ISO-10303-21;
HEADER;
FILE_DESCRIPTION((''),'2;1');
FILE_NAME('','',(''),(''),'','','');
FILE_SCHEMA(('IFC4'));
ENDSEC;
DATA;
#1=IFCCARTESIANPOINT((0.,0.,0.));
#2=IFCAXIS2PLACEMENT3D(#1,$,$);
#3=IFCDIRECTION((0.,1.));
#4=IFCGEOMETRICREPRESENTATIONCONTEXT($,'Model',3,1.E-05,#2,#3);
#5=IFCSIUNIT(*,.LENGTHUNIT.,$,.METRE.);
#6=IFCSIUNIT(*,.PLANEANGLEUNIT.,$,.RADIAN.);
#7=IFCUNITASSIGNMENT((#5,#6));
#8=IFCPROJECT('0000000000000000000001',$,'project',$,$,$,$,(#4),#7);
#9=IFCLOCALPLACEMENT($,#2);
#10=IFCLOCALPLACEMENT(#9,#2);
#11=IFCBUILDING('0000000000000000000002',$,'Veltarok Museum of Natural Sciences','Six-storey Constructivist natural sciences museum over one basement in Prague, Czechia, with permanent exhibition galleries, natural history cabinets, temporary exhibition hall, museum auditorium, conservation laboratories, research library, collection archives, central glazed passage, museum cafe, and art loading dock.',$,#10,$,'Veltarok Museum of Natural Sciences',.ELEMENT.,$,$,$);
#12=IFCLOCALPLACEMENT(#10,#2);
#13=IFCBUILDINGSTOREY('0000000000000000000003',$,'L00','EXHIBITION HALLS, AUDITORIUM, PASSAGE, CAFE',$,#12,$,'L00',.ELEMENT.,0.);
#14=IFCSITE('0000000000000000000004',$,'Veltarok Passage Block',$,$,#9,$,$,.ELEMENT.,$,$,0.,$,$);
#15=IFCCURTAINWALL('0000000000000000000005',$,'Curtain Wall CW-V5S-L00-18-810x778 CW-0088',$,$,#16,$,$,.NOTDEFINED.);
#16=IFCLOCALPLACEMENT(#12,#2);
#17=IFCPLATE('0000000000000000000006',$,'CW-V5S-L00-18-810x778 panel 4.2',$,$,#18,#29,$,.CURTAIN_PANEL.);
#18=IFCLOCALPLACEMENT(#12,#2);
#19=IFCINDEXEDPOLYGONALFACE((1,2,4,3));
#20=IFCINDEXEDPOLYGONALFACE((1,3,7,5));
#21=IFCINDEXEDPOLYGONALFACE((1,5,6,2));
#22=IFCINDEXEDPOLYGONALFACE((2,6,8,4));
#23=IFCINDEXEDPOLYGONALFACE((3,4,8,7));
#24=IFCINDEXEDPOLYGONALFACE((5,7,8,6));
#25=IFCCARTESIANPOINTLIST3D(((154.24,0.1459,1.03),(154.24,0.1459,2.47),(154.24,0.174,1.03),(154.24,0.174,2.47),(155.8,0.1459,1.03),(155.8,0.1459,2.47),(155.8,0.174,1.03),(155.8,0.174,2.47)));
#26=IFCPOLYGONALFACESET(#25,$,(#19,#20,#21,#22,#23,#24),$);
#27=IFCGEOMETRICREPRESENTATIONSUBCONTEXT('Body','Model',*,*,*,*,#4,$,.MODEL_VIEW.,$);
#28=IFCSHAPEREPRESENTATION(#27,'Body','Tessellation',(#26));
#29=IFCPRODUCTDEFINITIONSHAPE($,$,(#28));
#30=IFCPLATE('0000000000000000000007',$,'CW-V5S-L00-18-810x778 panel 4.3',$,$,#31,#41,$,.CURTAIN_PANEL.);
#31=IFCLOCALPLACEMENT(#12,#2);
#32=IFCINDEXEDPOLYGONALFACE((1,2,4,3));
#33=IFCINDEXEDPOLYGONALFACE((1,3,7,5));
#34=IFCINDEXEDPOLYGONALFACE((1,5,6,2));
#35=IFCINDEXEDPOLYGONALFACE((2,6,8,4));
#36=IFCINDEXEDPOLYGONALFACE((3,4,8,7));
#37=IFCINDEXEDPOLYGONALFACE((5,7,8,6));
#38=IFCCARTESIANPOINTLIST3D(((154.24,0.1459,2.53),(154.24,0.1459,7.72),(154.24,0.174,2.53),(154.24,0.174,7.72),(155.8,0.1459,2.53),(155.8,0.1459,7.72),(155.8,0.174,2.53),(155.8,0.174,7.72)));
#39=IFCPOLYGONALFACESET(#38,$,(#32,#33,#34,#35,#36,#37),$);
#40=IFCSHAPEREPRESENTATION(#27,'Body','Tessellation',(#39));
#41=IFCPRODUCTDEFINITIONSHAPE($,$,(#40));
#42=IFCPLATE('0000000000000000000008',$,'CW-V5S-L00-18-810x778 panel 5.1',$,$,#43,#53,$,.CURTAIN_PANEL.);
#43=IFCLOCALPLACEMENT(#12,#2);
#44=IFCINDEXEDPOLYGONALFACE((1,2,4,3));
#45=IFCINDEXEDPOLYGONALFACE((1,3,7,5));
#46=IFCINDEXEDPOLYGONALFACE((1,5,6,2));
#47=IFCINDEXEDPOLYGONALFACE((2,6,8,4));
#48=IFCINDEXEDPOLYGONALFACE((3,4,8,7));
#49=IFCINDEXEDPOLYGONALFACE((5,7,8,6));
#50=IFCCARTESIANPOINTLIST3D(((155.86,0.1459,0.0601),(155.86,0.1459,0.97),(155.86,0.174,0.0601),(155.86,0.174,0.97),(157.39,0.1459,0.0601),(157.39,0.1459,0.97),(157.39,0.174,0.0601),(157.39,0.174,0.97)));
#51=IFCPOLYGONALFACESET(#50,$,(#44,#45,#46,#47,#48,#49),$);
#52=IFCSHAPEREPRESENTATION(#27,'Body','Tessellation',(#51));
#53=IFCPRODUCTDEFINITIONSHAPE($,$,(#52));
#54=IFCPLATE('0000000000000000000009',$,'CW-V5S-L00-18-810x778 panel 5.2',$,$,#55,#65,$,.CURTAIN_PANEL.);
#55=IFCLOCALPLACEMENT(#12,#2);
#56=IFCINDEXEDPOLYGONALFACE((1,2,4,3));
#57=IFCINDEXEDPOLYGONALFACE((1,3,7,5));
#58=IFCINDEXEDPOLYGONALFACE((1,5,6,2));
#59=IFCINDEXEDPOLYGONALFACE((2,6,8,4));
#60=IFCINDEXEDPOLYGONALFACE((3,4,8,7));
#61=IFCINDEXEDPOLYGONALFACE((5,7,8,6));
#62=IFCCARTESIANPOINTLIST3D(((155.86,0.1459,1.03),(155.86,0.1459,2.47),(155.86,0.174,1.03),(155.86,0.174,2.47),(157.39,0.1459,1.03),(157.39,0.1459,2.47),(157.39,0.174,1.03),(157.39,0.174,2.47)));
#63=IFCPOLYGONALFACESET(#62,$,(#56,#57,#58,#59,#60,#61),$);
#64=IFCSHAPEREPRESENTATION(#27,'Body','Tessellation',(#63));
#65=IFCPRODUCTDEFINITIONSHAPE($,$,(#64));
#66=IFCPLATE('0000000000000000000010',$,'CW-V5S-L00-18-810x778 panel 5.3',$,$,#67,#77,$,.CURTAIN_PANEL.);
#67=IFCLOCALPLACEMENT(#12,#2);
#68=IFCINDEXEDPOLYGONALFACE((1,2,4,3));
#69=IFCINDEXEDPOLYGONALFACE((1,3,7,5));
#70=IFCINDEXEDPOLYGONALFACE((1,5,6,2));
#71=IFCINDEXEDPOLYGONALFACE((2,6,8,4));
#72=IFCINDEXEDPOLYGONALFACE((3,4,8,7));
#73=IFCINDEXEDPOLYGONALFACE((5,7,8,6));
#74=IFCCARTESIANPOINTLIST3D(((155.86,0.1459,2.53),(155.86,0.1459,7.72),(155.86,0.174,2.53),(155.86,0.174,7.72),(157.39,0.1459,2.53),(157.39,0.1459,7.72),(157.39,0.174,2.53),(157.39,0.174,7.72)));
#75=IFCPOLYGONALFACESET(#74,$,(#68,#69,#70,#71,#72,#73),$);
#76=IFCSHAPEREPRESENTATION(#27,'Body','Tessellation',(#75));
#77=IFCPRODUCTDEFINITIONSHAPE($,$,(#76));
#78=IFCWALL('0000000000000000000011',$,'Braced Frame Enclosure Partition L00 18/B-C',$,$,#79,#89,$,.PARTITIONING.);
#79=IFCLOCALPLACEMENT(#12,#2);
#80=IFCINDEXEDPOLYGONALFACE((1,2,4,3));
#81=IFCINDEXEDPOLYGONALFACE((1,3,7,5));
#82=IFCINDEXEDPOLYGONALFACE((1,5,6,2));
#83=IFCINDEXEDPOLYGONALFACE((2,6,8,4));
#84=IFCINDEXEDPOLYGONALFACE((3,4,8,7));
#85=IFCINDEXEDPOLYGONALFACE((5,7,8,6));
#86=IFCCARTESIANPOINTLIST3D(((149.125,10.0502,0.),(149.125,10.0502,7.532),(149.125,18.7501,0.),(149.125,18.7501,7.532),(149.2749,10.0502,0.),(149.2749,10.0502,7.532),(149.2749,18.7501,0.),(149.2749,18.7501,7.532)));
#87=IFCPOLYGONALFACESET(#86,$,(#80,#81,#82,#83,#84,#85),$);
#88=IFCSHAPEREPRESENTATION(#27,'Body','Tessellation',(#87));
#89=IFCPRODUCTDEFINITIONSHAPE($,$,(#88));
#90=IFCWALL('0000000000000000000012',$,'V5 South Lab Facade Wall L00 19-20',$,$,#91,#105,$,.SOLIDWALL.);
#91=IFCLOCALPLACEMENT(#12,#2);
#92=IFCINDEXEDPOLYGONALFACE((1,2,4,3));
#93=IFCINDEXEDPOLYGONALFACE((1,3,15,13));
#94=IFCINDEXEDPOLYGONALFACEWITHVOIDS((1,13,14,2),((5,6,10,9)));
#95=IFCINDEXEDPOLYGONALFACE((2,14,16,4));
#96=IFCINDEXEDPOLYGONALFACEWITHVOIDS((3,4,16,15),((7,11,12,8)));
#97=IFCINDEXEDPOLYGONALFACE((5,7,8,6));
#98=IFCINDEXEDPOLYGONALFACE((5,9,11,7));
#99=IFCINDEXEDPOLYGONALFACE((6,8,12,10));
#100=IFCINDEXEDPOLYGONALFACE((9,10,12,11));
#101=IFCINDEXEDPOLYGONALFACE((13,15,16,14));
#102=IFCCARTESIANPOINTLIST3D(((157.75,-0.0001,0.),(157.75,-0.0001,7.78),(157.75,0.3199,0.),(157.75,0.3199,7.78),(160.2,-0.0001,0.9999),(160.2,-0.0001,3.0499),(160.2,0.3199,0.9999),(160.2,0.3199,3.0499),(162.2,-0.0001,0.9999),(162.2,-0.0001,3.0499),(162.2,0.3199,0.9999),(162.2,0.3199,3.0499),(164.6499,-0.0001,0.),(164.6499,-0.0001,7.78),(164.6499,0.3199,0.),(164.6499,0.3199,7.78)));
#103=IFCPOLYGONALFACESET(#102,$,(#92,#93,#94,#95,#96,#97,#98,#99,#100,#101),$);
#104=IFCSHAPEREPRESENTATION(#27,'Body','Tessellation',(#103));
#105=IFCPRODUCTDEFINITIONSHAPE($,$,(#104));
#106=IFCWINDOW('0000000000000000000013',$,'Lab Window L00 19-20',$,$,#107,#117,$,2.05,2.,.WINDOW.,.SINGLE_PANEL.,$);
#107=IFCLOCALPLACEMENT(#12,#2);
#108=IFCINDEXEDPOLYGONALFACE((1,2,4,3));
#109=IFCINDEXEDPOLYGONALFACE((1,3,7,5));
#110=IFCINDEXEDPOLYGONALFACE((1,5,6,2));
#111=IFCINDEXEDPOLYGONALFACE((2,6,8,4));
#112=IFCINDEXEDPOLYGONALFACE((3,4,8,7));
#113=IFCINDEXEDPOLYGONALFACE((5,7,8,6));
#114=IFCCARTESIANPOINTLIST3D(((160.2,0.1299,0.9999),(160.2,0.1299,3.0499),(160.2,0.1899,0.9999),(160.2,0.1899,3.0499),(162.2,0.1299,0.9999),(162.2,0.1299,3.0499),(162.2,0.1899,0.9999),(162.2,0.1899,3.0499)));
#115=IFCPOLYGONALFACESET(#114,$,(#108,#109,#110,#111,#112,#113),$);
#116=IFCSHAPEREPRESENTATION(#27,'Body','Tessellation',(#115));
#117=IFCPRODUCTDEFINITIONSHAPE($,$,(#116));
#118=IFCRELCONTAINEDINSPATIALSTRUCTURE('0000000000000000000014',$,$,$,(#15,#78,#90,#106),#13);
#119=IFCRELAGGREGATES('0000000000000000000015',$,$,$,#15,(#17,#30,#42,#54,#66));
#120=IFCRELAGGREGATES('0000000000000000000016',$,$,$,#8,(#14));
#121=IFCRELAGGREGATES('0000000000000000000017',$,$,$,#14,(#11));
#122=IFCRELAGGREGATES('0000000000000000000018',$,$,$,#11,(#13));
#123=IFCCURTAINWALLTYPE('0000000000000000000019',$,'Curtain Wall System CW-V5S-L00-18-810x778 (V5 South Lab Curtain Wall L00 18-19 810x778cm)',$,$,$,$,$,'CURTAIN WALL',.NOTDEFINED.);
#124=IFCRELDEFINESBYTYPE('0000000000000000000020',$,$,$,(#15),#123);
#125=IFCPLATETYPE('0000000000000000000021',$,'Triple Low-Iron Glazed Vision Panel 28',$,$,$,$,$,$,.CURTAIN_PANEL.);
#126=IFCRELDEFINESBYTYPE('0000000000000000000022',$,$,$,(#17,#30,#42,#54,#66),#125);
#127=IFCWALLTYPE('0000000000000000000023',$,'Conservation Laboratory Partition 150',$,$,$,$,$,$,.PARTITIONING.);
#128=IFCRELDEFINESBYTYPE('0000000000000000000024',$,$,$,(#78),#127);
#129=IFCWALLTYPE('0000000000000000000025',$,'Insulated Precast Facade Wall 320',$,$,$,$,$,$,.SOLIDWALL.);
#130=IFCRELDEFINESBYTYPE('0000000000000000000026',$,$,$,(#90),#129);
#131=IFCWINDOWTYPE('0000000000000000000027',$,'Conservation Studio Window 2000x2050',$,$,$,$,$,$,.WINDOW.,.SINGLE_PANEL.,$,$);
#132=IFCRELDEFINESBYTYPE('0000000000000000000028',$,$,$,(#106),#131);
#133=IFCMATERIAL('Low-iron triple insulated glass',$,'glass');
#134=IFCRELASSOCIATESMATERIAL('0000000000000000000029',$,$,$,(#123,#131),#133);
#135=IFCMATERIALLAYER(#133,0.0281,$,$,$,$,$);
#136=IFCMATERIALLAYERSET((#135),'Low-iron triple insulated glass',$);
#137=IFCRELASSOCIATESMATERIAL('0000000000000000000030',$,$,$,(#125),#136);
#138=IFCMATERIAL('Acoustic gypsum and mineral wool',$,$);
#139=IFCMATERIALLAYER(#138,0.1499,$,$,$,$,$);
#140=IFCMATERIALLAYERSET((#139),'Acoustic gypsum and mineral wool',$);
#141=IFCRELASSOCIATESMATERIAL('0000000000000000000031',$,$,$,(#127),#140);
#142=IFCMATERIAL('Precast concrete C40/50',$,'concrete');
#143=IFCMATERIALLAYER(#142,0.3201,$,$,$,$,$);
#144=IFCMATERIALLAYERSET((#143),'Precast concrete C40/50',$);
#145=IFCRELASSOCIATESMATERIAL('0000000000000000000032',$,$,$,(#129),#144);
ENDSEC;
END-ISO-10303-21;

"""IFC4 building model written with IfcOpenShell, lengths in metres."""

from ifc_helpers import new_model, si_unit, direction, frame, frame_2d, origin, origin_2d, place, context, subcontext, project, spatial, rectangle, extrude, material, layer, layer_set, type_object, element, fill, aggregate, save


model = new_model("IFC4")

# Units and contexts
model_context = context("Model", 3, precision=1e-05, world=origin(), true_north=direction((0.0, 1.0)))
body_context = subcontext(model_context, "Body", "Model", "MODEL_VIEW")
ifc_project = project(units=[si_unit("LENGTHUNIT", "METRE"), si_unit("PLANEANGLEUNIT", "RADIAN")], contexts=[model_context])

# Site, building, storey
site_placement = place(None, origin())
site = spatial("IfcSite", under=ifc_project, at=site_placement, Name="Veltarok Passage Block", CompositionType="ELEMENT", RefElevation=0.0)
building_placement = place(site_placement, origin())
building = spatial("IfcBuilding", under=site, at=building_placement, Name="Veltarok Museum of Natural Sciences", Description="Six-storey Constructivist natural sciences museum over one basement in Prague, Czechia, with permanent exhibition galleries, natural history cabinets, temporary exhibition hall, museum auditorium, conservation laboratories, research library, collection archives, central glazed passage, museum cafe, and art loading dock.", LongName="Veltarok Museum of Natural Sciences", CompositionType="ELEMENT")
storey_placement = place(building_placement, origin())
storey = spatial("IfcBuildingStorey", under=building, at=storey_placement, Name="L00", Description="EXHIBITION HALLS, AUDITORIUM, PASSAGE, CAFE", LongName="L00", CompositionType="ELEMENT", Elevation=0.0)

# Curtain wall
ifc_material_1 = material(Name="Low-iron triple insulated glass", Category="glass")
curtain_wall_type = type_object("IfcCurtainWallType", Name="Curtain Wall System CW-V5S-L00-18-810x778 (V5 South Lab Curtain Wall L00 18-19 810x778cm)", ElementType="CURTAIN WALL", PredefinedType="NOTDEFINED", material=ifc_material_1)
curtain_wall_placement = place(storey_placement, origin())
curtain_wall = element("IfcCurtainWall", 1, at=curtain_wall_placement, inside=storey, type_object=curtain_wall_type, Name="Curtain Wall CW-V5S-L00-18-810x778 CW-0088", PredefinedType="NOTDEFINED")

# Shared definitions
ifc_material_2 = material(Name="Precast concrete C40/50", Category="concrete")

# Plates
ifc_layer_1 = layer(ifc_material_1, 0.0281)
ifc_layer_set_1 = layer_set([ifc_layer_1], Name="Low-iron triple insulated glass")
plate_type_1 = type_object("IfcPlateType", Name="Triple Low-Iron Glazed Vision Panel 28", PredefinedType="CURTAIN_PANEL", material=ifc_layer_set_1)
plate_1_placement = place(storey_placement, frame((155.02, 0.1599, 1.03), z_axis=(0.0, 0.0, 1.0), x_axis=(1.0, 0.0, 0.0)))
plate_1 = element("IfcPlate", 2, at=plate_1_placement, type_object=plate_type_1, Name="CW-V5S-L00-18-810x778 panel 4.2", PredefinedType="CURTAIN_PANEL", context=body_context, shape_type="SweptSolid", body=[
    extrude(rectangle(XDim=1.5601, YDim=0.0281, at=origin_2d()), origin(), (0.0, 0.0, 1.0), 1.4399),
])
plate_2_placement = place(storey_placement, frame((155.02, 0.1599, 2.53), z_axis=(0.0, 0.0, 1.0), x_axis=(1.0, 0.0, 0.0)))
plate_2 = element("IfcPlate", 3, at=plate_2_placement, type_object=plate_type_1, Name="CW-V5S-L00-18-810x778 panel 4.3", PredefinedType="CURTAIN_PANEL", context=body_context, shape_type="SweptSolid", body=[
    extrude(rectangle(XDim=1.5601, YDim=0.0281, at=origin_2d()), origin(), (0.0, 0.0, 1.0), 5.1899),
])
plate_3_placement = place(storey_placement, frame((156.625, 0.1599, 0.0601), z_axis=(0.0, 0.0, 1.0), x_axis=(1.0, 0.0, 0.0)))
plate_3 = element("IfcPlate", 4, at=plate_3_placement, type_object=plate_type_1, Name="CW-V5S-L00-18-810x778 panel 5.1", PredefinedType="CURTAIN_PANEL", context=body_context, shape_type="SweptSolid", body=[
    extrude(rectangle(XDim=1.53, YDim=0.0281, at=origin_2d()), origin(), (0.0, 0.0, 1.0), 0.9099),
])
plate_4_placement = place(storey_placement, frame((156.625, 0.1599, 1.03), z_axis=(0.0, 0.0, 1.0), x_axis=(1.0, 0.0, 0.0)))
plate_4 = element("IfcPlate", 5, at=plate_4_placement, type_object=plate_type_1, Name="CW-V5S-L00-18-810x778 panel 5.2", PredefinedType="CURTAIN_PANEL", context=body_context, shape_type="SweptSolid", body=[
    extrude(rectangle(XDim=1.53, YDim=0.0281, at=origin_2d()), origin(), (0.0, 0.0, 1.0), 1.4399),
])
plate_5_placement = place(storey_placement, frame((156.625, 0.1599, 2.53), z_axis=(0.0, 0.0, 1.0), x_axis=(1.0, 0.0, 0.0)))
plate_5 = element("IfcPlate", 6, at=plate_5_placement, type_object=plate_type_1, Name="CW-V5S-L00-18-810x778 panel 5.3", PredefinedType="CURTAIN_PANEL", context=body_context, shape_type="SweptSolid", body=[
    extrude(rectangle(XDim=1.53, YDim=0.0281, at=origin_2d()), origin(), (0.0, 0.0, 1.0), 5.1899),
])
aggregate(curtain_wall, [plate_1, plate_2, plate_3, plate_4, plate_5])

# Wall
ifc_material_3 = material(Name="Acoustic gypsum and mineral wool")
ifc_layer_2 = layer(ifc_material_3, 0.1499)
ifc_layer_set_2 = layer_set([ifc_layer_2], Name="Acoustic gypsum and mineral wool")
wall_type_1 = type_object("IfcWallType", Name="Conservation Laboratory Partition 150", PredefinedType="PARTITIONING", material=ifc_layer_set_2)
wall_1_placement = place(storey_placement, frame((149.2, 10.05, 0.0), z_axis=(0.0, 0.0, 1.0), x_axis=(0.0, 1.0, 0.0)))
element("IfcWall", 7, at=wall_1_placement, inside=storey, type_object=wall_type_1, Name="Braced Frame Enclosure Partition L00 18/B-C", PredefinedType="PARTITIONING", context=body_context, shape_type="SweptSolid", body=[
    extrude(rectangle(XDim=8.7, YDim=0.1499, at=frame_2d((4.3501, 0.0))), origin(), (0.0, 0.0, 1.0), 7.532),
])

# Wall, opening, window
ifc_layer_3 = layer(ifc_material_2, 0.3201)
ifc_layer_set_3 = layer_set([ifc_layer_3], Name="Precast concrete C40/50")
wall_type_2 = type_object("IfcWallType", Name="Insulated Precast Facade Wall 320", PredefinedType="SOLIDWALL", material=ifc_layer_set_3)
wall_2_placement = place(storey_placement, frame((157.75, 0.1599, 0.0), z_axis=(0.0, 0.0, 1.0), x_axis=(1.0, 0.0, 0.0)))
wall_2 = element("IfcWall", 8, at=wall_2_placement, inside=storey, type_object=wall_type_2, Name="V5 South Lab Facade Wall L00 19-20", PredefinedType="SOLIDWALL", context=body_context, shape_type="SweptSolid", body=[
    extrude(rectangle(XDim=6.8999, YDim=0.3201, at=frame_2d((3.45, 0.0))), origin(), (0.0, 0.0, 1.0), 7.78),
])
opening_placement = place(wall_2_placement, frame((2.45, 0.0, 1.0)))
opening = element("IfcOpeningElement", 9, at=opening_placement, cuts=wall_2, PredefinedType="OPENING", context=body_context, shape_type="SweptSolid", body=[
    extrude(rectangle(XDim=2.0, YDim=2.05, at=frame_2d((1.0, 1.0249))), frame((0.0, 0.1699, 0.0), z_axis=(0.0, -1.0, 0.0), x_axis=(1.0, 0.0, 0.0)), (0.0, 0.0, 1.0), 0.3401),
])
window_type = type_object("IfcWindowType", Name="Conservation Studio Window 2000x2050", PartitioningType="SINGLE_PANEL", PredefinedType="WINDOW", material=ifc_material_1)
window_placement = place(opening_placement, origin())
window = element("IfcWindow", 10, at=window_placement, inside=storey, type_object=window_type, Name="Lab Window L00 19-20", OverallHeight=2.05, OverallWidth=2.0, PartitioningType="SINGLE_PANEL", PredefinedType="WINDOW", context=body_context, shape_type="SweptSolid", body=[
    extrude(rectangle(XDim=2.0, YDim=2.05, at=frame_2d((1.0, 1.0249))), frame((0.0, 0.03, 0.0), z_axis=(0.0, -1.0, 0.0), x_axis=(1.0, 0.0, 0.0)), (0.0, 0.0, 1.0), 0.0601),
])
fill(opening, window)

save(model, "model.ifc")
